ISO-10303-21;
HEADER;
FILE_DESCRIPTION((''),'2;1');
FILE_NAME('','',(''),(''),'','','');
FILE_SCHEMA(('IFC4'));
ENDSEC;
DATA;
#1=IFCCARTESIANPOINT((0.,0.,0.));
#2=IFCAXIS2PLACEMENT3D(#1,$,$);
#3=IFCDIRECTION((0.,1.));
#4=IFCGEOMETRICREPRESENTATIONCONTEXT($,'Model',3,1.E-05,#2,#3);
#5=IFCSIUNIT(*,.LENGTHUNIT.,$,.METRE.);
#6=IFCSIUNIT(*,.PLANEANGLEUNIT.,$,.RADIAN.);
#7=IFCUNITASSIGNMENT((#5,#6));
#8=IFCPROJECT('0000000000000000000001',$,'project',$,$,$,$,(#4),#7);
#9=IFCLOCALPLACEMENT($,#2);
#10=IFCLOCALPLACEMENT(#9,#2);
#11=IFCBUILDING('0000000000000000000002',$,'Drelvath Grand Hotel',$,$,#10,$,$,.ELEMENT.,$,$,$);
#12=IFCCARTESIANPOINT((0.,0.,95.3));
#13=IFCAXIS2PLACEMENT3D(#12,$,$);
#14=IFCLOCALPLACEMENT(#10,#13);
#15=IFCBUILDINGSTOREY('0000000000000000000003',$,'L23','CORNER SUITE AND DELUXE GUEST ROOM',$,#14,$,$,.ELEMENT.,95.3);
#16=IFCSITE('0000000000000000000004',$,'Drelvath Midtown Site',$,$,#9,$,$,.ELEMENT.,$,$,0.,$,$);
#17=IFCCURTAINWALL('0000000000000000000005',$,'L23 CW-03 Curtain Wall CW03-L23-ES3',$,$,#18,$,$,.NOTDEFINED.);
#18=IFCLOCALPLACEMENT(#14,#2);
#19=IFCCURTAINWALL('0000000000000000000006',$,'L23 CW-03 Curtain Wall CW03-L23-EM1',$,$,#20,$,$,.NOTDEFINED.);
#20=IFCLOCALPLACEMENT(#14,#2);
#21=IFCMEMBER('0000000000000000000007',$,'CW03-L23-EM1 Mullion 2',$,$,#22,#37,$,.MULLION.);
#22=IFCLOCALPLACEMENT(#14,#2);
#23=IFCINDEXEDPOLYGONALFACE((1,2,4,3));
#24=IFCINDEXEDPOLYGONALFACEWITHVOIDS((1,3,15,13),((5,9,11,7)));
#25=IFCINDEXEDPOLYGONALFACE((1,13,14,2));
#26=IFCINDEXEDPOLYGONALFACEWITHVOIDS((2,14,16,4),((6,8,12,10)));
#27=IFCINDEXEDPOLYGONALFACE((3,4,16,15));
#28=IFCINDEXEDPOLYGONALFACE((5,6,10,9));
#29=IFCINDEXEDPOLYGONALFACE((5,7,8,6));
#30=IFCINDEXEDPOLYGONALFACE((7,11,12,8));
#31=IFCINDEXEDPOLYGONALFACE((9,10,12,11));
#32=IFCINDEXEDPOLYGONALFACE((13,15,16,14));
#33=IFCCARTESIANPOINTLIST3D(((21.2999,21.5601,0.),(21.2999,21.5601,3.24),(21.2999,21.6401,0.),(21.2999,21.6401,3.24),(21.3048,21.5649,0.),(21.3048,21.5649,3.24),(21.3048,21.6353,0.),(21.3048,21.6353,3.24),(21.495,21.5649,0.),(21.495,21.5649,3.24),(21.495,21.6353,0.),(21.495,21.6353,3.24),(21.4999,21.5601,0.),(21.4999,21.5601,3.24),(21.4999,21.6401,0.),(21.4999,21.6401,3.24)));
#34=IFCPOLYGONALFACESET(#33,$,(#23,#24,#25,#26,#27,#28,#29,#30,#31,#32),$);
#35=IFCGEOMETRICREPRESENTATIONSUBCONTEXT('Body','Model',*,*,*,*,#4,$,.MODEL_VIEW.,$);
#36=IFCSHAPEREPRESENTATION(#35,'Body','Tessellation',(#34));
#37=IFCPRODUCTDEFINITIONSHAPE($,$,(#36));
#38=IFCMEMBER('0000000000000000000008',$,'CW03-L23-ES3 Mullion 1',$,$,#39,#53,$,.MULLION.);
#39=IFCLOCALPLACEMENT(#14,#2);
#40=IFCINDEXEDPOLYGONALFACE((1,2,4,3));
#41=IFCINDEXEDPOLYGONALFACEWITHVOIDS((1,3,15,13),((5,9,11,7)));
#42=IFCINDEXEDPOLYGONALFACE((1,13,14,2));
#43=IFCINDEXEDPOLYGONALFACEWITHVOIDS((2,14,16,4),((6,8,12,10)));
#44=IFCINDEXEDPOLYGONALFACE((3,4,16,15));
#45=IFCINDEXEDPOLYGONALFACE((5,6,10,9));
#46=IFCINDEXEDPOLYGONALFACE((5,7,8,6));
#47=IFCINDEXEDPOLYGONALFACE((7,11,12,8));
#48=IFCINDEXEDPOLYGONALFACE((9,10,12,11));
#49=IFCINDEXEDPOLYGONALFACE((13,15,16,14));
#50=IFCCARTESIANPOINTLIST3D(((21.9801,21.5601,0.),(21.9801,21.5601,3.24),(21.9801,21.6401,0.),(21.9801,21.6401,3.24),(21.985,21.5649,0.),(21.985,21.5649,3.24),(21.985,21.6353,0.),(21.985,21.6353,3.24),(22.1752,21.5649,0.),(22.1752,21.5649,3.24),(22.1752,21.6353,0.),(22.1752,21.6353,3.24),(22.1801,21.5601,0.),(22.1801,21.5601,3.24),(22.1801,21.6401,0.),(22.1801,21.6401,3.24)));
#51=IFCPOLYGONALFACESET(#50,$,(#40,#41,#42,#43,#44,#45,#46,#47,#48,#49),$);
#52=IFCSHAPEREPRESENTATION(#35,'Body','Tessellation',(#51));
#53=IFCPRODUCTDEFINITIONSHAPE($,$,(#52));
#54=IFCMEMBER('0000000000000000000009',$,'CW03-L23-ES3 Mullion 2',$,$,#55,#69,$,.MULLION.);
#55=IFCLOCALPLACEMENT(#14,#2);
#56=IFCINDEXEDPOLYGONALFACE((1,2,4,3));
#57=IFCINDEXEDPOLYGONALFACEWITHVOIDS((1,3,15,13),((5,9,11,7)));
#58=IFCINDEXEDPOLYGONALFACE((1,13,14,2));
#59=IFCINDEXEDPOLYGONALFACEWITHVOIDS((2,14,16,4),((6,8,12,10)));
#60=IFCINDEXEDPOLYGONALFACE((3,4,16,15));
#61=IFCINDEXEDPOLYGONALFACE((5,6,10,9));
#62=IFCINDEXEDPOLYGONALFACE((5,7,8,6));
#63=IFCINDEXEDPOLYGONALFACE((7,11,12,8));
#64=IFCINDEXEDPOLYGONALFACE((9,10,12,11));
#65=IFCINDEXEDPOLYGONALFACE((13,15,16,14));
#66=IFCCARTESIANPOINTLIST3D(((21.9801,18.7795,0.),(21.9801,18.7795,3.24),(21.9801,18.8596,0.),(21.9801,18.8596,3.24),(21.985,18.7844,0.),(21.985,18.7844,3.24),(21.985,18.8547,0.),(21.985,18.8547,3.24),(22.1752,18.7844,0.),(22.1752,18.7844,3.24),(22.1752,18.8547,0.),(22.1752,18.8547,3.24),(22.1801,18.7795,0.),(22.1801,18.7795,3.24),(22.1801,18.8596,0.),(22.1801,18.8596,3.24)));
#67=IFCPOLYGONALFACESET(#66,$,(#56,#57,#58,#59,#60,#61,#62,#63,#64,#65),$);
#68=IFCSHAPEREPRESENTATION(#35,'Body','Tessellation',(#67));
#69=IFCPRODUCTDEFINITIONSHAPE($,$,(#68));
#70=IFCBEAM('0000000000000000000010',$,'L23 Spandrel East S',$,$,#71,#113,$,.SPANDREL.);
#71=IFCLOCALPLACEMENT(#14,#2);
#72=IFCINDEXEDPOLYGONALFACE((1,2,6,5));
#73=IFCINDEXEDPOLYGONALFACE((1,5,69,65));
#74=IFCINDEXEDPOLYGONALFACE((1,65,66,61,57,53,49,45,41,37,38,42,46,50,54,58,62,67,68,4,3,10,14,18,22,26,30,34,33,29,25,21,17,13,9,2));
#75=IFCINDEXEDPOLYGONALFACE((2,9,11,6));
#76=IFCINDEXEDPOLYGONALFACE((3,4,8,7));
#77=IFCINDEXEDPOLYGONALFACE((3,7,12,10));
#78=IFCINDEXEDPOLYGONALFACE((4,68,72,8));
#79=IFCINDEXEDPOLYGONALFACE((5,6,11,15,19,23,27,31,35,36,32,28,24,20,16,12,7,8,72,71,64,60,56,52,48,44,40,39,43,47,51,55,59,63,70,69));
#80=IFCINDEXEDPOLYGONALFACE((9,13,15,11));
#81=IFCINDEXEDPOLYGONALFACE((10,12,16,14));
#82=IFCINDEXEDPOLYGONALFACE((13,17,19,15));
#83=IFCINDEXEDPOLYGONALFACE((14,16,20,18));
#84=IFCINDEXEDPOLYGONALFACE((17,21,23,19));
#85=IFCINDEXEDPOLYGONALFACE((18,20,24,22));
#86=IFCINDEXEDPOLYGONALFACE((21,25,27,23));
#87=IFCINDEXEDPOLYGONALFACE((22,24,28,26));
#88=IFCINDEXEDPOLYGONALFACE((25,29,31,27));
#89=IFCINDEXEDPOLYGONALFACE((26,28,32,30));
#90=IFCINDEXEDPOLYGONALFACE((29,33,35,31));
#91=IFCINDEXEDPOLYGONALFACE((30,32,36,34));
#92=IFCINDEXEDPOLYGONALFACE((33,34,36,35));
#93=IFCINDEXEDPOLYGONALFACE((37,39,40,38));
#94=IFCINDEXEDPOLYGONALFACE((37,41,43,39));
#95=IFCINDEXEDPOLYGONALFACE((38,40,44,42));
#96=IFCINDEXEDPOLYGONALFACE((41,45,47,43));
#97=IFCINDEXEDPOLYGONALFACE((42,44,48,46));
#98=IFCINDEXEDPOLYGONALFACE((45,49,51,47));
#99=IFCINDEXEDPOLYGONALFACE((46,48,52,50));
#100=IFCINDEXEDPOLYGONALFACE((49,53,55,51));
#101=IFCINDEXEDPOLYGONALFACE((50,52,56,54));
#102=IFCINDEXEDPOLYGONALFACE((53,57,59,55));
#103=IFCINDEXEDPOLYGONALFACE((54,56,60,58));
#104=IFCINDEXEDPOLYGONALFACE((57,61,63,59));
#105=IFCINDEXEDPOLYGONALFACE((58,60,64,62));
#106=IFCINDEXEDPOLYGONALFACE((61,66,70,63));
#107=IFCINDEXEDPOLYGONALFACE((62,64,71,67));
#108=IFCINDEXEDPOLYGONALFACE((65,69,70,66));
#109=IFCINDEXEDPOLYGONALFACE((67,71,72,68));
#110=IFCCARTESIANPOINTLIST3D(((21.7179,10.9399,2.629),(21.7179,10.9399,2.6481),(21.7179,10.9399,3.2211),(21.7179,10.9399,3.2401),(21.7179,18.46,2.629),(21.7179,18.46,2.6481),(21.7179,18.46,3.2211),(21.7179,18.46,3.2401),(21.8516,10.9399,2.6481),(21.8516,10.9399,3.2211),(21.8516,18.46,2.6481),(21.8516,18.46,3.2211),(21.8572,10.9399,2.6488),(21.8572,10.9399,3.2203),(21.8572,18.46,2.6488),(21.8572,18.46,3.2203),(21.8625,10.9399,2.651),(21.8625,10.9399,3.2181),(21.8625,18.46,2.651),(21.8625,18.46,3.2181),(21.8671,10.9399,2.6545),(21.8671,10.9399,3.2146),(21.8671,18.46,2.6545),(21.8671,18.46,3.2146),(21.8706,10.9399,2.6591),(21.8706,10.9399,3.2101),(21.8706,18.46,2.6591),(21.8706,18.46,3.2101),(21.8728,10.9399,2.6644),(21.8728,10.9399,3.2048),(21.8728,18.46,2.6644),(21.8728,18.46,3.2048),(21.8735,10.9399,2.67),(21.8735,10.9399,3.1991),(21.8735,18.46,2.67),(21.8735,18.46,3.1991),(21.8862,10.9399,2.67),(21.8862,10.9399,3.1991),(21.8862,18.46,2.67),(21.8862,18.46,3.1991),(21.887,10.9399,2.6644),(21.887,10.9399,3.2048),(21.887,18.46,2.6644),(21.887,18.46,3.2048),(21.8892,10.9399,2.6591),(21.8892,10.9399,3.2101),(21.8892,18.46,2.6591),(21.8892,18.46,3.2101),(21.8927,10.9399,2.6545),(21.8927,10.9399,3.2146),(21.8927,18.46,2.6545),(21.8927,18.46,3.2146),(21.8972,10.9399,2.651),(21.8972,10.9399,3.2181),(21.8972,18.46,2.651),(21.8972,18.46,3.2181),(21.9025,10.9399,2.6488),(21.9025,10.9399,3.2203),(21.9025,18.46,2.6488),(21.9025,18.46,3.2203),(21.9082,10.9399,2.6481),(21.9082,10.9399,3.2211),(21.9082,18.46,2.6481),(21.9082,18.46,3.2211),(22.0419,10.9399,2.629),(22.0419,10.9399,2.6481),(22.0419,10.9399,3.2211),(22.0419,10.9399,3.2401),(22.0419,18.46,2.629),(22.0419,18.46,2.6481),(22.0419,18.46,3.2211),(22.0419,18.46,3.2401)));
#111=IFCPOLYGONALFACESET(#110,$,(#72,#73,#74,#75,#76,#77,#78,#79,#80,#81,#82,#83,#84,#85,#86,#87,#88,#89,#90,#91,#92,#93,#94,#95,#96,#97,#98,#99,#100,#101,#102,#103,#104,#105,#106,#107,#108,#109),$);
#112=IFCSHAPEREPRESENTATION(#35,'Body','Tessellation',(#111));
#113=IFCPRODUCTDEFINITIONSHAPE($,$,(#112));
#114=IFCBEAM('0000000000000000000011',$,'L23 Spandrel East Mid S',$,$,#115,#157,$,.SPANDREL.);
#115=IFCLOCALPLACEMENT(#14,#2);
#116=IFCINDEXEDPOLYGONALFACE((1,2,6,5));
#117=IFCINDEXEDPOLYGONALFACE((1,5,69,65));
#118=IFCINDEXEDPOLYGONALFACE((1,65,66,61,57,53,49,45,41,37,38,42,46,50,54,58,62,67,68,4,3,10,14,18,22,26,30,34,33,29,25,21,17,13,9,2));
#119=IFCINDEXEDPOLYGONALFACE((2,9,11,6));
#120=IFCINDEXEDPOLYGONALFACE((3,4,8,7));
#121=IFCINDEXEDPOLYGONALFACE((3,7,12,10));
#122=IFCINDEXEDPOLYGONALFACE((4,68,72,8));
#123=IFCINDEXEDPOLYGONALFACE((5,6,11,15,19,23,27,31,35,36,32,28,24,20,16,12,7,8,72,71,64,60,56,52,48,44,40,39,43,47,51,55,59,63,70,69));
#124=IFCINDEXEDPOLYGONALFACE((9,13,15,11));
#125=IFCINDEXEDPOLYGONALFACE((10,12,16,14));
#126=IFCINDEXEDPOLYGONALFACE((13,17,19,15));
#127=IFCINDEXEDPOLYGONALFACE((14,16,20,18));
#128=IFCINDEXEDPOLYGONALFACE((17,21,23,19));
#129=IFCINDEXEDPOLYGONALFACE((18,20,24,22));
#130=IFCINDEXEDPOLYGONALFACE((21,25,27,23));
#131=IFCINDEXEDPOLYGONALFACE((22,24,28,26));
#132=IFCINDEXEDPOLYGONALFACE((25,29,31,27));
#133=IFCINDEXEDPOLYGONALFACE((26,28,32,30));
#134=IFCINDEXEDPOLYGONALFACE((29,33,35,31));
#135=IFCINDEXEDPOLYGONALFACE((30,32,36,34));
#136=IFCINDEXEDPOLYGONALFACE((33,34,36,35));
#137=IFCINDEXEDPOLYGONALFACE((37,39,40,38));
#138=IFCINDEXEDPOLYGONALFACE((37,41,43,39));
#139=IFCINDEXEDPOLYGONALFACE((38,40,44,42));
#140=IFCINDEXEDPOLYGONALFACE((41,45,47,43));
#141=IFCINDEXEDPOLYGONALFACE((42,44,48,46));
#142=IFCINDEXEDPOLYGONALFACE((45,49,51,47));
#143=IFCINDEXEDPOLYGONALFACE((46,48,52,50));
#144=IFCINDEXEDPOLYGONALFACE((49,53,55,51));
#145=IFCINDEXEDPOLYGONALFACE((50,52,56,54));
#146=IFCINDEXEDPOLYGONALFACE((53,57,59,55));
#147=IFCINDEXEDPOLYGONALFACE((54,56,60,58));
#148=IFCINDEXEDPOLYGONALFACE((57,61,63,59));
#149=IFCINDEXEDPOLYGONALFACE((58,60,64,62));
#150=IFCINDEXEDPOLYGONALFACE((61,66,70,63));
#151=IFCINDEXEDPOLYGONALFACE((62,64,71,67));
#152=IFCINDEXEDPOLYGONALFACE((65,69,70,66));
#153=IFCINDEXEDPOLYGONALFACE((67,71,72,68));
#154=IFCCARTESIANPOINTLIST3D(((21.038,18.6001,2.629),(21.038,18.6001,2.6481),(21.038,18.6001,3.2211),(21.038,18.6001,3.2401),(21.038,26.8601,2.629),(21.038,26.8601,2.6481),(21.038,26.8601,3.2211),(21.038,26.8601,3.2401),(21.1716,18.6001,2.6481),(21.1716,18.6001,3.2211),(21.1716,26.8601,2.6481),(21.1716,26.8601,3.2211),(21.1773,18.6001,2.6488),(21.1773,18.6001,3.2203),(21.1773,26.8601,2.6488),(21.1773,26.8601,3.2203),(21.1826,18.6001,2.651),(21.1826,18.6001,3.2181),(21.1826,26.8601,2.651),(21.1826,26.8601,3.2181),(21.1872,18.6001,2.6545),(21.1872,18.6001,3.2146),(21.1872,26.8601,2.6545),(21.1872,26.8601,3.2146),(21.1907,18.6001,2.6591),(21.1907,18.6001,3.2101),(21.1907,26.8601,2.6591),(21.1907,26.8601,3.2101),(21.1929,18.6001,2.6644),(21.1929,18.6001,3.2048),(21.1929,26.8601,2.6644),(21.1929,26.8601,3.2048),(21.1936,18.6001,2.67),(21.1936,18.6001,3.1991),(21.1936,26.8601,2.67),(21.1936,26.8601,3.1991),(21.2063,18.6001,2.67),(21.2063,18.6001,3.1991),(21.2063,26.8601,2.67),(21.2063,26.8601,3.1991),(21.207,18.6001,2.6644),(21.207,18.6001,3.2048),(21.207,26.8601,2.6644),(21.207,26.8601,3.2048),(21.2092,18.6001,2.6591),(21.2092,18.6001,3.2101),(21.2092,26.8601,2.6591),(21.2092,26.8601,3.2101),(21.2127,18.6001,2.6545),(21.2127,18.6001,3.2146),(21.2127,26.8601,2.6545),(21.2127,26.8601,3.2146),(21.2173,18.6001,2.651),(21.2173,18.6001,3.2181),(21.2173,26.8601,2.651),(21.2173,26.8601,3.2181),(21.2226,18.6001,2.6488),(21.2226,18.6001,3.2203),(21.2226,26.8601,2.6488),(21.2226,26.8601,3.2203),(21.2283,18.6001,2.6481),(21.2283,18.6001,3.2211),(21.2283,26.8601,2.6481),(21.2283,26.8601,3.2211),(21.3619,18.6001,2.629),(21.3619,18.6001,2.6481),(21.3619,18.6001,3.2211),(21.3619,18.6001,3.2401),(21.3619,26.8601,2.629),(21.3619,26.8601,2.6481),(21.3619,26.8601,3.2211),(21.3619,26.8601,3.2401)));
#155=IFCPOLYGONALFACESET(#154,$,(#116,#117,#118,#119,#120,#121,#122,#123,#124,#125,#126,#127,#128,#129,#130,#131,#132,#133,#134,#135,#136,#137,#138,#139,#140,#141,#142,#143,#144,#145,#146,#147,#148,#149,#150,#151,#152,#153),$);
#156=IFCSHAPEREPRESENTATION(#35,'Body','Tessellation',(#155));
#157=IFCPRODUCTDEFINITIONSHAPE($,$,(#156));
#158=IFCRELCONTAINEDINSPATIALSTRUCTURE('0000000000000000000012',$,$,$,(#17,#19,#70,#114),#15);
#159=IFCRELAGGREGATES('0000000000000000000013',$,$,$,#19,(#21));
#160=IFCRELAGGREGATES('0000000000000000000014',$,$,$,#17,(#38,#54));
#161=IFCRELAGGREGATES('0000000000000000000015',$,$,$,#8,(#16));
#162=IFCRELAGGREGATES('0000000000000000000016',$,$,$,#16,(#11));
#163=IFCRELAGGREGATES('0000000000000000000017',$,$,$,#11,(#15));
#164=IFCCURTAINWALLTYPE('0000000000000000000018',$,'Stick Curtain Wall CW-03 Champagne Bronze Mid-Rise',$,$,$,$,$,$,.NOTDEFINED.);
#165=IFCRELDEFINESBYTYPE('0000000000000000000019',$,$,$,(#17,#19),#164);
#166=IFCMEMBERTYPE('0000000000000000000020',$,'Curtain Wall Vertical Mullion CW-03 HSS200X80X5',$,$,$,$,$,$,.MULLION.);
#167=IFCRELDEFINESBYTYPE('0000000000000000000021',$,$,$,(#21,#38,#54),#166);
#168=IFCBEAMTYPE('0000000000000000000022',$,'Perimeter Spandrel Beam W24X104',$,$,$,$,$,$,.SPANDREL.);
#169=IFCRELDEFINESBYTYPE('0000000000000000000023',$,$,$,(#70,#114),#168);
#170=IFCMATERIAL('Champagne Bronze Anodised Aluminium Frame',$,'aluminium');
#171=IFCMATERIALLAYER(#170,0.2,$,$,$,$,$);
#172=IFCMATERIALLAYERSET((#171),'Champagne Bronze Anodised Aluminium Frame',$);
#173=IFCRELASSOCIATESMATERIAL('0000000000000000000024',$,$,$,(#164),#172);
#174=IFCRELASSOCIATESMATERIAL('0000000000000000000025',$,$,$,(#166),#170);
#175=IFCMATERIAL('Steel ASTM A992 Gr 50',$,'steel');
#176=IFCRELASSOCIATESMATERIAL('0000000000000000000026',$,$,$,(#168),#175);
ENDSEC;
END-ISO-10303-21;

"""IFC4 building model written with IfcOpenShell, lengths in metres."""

from ifc_helpers import new_model, si_unit, direction, frame, origin, origin_2d, place, context, subcontext, project, spatial, hollow_rectangle, i_section, extrude, material, layer, layer_set, material_profile, profile_set, type_object, element, aggregate, save


model = new_model("IFC4")

# Units and contexts
model_context = context("Model", 3, precision=1e-05, world=origin(), true_north=direction((0.0, 1.0)))
body_context = subcontext(model_context, "Body", "Model", "MODEL_VIEW")
ifc_project = project(units=[si_unit("LENGTHUNIT", "METRE"), si_unit("PLANEANGLEUNIT", "RADIAN")], contexts=[model_context])

# Site, building, storey
site_placement = place(None, origin())
site = spatial("IfcSite", under=ifc_project, at=site_placement, Name="Drelvath Midtown Site", CompositionType="ELEMENT", RefElevation=0.0)
building_placement = place(site_placement, origin())
building = spatial("IfcBuilding", under=site, at=building_placement, Name="Drelvath Grand Hotel", CompositionType="ELEMENT")
storey_placement = place(building_placement, frame((0.0, 0.0, 95.3)))
storey = spatial("IfcBuildingStorey", under=building, at=storey_placement, Name="L23", Description="CORNER SUITE AND DELUXE GUEST ROOM", CompositionType="ELEMENT", Elevation=95.3)

# Shared definitions
ifc_material_1 = material(Name="Steel ASTM A992 Gr 50", Category="steel")

# Curtain walls, member
ifc_material_2 = material(Name="Champagne Bronze Anodised Aluminium Frame", Category="aluminium")
ifc_layer_1 = layer(ifc_material_2, 0.2)
ifc_layer_set_1 = layer_set([ifc_layer_1], Name="Champagne Bronze Anodised Aluminium Frame")
curtain_wall_type = type_object("IfcCurtainWallType", Name="Stick Curtain Wall CW-03 Champagne Bronze Mid-Rise", PredefinedType="NOTDEFINED", material=ifc_layer_set_1)
curtain_wall_1_placement = place(storey_placement, origin())
curtain_wall_1 = element("IfcCurtainWall", 1, at=curtain_wall_1_placement, inside=storey, type_object=curtain_wall_type, Name="L23 CW-03 Curtain Wall CW03-L23-ES3", PredefinedType="NOTDEFINED")
curtain_wall_2_placement = place(storey_placement, origin())
curtain_wall_2 = element("IfcCurtainWall", 2, at=curtain_wall_2_placement, inside=storey, type_object=curtain_wall_type, Name="L23 CW-03 Curtain Wall CW03-L23-EM1", PredefinedType="NOTDEFINED")
ifc_material_profile_1 = material_profile(ifc_material_2, hollow_rectangle(XDim=0.0801, YDim=0.2, WallThickness=0.0049, at=origin_2d()), Name="HSS200X80X5")
ifc_profile_set_1 = profile_set([ifc_material_profile_1], Name="Champagne Bronze Anodised Aluminium Frame")
member_type_1 = type_object("IfcMemberType", Name="Curtain Wall Vertical Mullion CW-03 HSS200X80X5", PredefinedType="MULLION", material=ifc_profile_set_1)
member_1_placement = place(storey_placement, frame((21.3999, 21.6001, 0.0), z_axis=(0.0, 0.0, 1.0), x_axis=(0.0, 1.0, 0.0)))
member_1 = element("IfcMember", 3, at=member_1_placement, type_object=member_type_1, Name="CW03-L23-EM1 Mullion 2", PredefinedType="MULLION", context=body_context, shape_type="SweptSolid", body=[
    extrude(hollow_rectangle(XDim=0.0801, YDim=0.2, WallThickness=0.0049, at=origin_2d()), origin(), (0.0, 0.0, 1.0), 3.24),
])

# Members
member_2_placement = place(storey_placement, frame((22.0801, 21.6001, 0.0), z_axis=(0.0, 0.0, 1.0), x_axis=(0.0, 1.0, 0.0)))
member_2 = element("IfcMember", 4, at=member_2_placement, type_object=member_type_1, Name="CW03-L23-ES3 Mullion 1", PredefinedType="MULLION", context=body_context, shape_type="SweptSolid", body=[
    extrude(hollow_rectangle(XDim=0.0801, YDim=0.2, WallThickness=0.0049, at=origin_2d()), origin(), (0.0, 0.0, 1.0), 3.24),
])
member_3_placement = place(storey_placement, frame((22.0801, 18.8196, 0.0), z_axis=(0.0, 0.0, 1.0), x_axis=(0.0, 1.0, 0.0)))
member_3 = element("IfcMember", 5, at=member_3_placement, type_object=member_type_1, Name="CW03-L23-ES3 Mullion 2", PredefinedType="MULLION", context=body_context, shape_type="SweptSolid", body=[
    extrude(hollow_rectangle(XDim=0.0801, YDim=0.2, WallThickness=0.0049, at=origin_2d()), origin(), (0.0, 0.0, 1.0), 3.24),
])

# Beams
ifc_material_profile_2 = material_profile(ifc_material_1, i_section(OverallWidth=0.324, OverallDepth=0.6111, WebThickness=0.0127, FlangeThickness=0.019, FilletRadius=0.022, at=origin_2d()), Name="W24X104")
ifc_profile_set_2 = profile_set([ifc_material_profile_2], Name="Steel ASTM A992 Gr 50")
beam_type_1 = type_object("IfcBeamType", Name="Perimeter Spandrel Beam W24X104", PredefinedType="SPANDREL", material=ifc_profile_set_2)
beam_1_placement = place(storey_placement, frame((21.8799, 10.9399, 2.9346), z_axis=(0.0, 1.0, 0.0), x_axis=(-1.0, 0.0, 0.0)))
element("IfcBeam", 6, at=beam_1_placement, inside=storey, type_object=beam_type_1, Name="L23 Spandrel East S", PredefinedType="SPANDREL", context=body_context, shape_type="SweptSolid", body=[
    extrude(i_section(OverallWidth=0.324, OverallDepth=0.6111, WebThickness=0.0127, FlangeThickness=0.019, FilletRadius=0.022, at=origin_2d()), origin(), (0.0, 0.0, 1.0), 7.52),
])
beam_2_placement = place(storey_placement, frame((21.2, 18.6001, 2.9346), z_axis=(0.0, 1.0, 0.0), x_axis=(-1.0, 0.0, 0.0)))
element("IfcBeam", 7, at=beam_2_placement, inside=storey, type_object=beam_type_1, Name="L23 Spandrel East Mid S", PredefinedType="SPANDREL", context=body_context, shape_type="SweptSolid", body=[
    extrude(i_section(OverallWidth=0.324, OverallDepth=0.6111, WebThickness=0.0127, FlangeThickness=0.019, FilletRadius=0.022, at=origin_2d()), origin(), (0.0, 0.0, 1.0), 8.26),
])

aggregate(curtain_wall_2, [member_1])
aggregate(curtain_wall_1, [member_2, member_3])

save(model, "model.ifc")
